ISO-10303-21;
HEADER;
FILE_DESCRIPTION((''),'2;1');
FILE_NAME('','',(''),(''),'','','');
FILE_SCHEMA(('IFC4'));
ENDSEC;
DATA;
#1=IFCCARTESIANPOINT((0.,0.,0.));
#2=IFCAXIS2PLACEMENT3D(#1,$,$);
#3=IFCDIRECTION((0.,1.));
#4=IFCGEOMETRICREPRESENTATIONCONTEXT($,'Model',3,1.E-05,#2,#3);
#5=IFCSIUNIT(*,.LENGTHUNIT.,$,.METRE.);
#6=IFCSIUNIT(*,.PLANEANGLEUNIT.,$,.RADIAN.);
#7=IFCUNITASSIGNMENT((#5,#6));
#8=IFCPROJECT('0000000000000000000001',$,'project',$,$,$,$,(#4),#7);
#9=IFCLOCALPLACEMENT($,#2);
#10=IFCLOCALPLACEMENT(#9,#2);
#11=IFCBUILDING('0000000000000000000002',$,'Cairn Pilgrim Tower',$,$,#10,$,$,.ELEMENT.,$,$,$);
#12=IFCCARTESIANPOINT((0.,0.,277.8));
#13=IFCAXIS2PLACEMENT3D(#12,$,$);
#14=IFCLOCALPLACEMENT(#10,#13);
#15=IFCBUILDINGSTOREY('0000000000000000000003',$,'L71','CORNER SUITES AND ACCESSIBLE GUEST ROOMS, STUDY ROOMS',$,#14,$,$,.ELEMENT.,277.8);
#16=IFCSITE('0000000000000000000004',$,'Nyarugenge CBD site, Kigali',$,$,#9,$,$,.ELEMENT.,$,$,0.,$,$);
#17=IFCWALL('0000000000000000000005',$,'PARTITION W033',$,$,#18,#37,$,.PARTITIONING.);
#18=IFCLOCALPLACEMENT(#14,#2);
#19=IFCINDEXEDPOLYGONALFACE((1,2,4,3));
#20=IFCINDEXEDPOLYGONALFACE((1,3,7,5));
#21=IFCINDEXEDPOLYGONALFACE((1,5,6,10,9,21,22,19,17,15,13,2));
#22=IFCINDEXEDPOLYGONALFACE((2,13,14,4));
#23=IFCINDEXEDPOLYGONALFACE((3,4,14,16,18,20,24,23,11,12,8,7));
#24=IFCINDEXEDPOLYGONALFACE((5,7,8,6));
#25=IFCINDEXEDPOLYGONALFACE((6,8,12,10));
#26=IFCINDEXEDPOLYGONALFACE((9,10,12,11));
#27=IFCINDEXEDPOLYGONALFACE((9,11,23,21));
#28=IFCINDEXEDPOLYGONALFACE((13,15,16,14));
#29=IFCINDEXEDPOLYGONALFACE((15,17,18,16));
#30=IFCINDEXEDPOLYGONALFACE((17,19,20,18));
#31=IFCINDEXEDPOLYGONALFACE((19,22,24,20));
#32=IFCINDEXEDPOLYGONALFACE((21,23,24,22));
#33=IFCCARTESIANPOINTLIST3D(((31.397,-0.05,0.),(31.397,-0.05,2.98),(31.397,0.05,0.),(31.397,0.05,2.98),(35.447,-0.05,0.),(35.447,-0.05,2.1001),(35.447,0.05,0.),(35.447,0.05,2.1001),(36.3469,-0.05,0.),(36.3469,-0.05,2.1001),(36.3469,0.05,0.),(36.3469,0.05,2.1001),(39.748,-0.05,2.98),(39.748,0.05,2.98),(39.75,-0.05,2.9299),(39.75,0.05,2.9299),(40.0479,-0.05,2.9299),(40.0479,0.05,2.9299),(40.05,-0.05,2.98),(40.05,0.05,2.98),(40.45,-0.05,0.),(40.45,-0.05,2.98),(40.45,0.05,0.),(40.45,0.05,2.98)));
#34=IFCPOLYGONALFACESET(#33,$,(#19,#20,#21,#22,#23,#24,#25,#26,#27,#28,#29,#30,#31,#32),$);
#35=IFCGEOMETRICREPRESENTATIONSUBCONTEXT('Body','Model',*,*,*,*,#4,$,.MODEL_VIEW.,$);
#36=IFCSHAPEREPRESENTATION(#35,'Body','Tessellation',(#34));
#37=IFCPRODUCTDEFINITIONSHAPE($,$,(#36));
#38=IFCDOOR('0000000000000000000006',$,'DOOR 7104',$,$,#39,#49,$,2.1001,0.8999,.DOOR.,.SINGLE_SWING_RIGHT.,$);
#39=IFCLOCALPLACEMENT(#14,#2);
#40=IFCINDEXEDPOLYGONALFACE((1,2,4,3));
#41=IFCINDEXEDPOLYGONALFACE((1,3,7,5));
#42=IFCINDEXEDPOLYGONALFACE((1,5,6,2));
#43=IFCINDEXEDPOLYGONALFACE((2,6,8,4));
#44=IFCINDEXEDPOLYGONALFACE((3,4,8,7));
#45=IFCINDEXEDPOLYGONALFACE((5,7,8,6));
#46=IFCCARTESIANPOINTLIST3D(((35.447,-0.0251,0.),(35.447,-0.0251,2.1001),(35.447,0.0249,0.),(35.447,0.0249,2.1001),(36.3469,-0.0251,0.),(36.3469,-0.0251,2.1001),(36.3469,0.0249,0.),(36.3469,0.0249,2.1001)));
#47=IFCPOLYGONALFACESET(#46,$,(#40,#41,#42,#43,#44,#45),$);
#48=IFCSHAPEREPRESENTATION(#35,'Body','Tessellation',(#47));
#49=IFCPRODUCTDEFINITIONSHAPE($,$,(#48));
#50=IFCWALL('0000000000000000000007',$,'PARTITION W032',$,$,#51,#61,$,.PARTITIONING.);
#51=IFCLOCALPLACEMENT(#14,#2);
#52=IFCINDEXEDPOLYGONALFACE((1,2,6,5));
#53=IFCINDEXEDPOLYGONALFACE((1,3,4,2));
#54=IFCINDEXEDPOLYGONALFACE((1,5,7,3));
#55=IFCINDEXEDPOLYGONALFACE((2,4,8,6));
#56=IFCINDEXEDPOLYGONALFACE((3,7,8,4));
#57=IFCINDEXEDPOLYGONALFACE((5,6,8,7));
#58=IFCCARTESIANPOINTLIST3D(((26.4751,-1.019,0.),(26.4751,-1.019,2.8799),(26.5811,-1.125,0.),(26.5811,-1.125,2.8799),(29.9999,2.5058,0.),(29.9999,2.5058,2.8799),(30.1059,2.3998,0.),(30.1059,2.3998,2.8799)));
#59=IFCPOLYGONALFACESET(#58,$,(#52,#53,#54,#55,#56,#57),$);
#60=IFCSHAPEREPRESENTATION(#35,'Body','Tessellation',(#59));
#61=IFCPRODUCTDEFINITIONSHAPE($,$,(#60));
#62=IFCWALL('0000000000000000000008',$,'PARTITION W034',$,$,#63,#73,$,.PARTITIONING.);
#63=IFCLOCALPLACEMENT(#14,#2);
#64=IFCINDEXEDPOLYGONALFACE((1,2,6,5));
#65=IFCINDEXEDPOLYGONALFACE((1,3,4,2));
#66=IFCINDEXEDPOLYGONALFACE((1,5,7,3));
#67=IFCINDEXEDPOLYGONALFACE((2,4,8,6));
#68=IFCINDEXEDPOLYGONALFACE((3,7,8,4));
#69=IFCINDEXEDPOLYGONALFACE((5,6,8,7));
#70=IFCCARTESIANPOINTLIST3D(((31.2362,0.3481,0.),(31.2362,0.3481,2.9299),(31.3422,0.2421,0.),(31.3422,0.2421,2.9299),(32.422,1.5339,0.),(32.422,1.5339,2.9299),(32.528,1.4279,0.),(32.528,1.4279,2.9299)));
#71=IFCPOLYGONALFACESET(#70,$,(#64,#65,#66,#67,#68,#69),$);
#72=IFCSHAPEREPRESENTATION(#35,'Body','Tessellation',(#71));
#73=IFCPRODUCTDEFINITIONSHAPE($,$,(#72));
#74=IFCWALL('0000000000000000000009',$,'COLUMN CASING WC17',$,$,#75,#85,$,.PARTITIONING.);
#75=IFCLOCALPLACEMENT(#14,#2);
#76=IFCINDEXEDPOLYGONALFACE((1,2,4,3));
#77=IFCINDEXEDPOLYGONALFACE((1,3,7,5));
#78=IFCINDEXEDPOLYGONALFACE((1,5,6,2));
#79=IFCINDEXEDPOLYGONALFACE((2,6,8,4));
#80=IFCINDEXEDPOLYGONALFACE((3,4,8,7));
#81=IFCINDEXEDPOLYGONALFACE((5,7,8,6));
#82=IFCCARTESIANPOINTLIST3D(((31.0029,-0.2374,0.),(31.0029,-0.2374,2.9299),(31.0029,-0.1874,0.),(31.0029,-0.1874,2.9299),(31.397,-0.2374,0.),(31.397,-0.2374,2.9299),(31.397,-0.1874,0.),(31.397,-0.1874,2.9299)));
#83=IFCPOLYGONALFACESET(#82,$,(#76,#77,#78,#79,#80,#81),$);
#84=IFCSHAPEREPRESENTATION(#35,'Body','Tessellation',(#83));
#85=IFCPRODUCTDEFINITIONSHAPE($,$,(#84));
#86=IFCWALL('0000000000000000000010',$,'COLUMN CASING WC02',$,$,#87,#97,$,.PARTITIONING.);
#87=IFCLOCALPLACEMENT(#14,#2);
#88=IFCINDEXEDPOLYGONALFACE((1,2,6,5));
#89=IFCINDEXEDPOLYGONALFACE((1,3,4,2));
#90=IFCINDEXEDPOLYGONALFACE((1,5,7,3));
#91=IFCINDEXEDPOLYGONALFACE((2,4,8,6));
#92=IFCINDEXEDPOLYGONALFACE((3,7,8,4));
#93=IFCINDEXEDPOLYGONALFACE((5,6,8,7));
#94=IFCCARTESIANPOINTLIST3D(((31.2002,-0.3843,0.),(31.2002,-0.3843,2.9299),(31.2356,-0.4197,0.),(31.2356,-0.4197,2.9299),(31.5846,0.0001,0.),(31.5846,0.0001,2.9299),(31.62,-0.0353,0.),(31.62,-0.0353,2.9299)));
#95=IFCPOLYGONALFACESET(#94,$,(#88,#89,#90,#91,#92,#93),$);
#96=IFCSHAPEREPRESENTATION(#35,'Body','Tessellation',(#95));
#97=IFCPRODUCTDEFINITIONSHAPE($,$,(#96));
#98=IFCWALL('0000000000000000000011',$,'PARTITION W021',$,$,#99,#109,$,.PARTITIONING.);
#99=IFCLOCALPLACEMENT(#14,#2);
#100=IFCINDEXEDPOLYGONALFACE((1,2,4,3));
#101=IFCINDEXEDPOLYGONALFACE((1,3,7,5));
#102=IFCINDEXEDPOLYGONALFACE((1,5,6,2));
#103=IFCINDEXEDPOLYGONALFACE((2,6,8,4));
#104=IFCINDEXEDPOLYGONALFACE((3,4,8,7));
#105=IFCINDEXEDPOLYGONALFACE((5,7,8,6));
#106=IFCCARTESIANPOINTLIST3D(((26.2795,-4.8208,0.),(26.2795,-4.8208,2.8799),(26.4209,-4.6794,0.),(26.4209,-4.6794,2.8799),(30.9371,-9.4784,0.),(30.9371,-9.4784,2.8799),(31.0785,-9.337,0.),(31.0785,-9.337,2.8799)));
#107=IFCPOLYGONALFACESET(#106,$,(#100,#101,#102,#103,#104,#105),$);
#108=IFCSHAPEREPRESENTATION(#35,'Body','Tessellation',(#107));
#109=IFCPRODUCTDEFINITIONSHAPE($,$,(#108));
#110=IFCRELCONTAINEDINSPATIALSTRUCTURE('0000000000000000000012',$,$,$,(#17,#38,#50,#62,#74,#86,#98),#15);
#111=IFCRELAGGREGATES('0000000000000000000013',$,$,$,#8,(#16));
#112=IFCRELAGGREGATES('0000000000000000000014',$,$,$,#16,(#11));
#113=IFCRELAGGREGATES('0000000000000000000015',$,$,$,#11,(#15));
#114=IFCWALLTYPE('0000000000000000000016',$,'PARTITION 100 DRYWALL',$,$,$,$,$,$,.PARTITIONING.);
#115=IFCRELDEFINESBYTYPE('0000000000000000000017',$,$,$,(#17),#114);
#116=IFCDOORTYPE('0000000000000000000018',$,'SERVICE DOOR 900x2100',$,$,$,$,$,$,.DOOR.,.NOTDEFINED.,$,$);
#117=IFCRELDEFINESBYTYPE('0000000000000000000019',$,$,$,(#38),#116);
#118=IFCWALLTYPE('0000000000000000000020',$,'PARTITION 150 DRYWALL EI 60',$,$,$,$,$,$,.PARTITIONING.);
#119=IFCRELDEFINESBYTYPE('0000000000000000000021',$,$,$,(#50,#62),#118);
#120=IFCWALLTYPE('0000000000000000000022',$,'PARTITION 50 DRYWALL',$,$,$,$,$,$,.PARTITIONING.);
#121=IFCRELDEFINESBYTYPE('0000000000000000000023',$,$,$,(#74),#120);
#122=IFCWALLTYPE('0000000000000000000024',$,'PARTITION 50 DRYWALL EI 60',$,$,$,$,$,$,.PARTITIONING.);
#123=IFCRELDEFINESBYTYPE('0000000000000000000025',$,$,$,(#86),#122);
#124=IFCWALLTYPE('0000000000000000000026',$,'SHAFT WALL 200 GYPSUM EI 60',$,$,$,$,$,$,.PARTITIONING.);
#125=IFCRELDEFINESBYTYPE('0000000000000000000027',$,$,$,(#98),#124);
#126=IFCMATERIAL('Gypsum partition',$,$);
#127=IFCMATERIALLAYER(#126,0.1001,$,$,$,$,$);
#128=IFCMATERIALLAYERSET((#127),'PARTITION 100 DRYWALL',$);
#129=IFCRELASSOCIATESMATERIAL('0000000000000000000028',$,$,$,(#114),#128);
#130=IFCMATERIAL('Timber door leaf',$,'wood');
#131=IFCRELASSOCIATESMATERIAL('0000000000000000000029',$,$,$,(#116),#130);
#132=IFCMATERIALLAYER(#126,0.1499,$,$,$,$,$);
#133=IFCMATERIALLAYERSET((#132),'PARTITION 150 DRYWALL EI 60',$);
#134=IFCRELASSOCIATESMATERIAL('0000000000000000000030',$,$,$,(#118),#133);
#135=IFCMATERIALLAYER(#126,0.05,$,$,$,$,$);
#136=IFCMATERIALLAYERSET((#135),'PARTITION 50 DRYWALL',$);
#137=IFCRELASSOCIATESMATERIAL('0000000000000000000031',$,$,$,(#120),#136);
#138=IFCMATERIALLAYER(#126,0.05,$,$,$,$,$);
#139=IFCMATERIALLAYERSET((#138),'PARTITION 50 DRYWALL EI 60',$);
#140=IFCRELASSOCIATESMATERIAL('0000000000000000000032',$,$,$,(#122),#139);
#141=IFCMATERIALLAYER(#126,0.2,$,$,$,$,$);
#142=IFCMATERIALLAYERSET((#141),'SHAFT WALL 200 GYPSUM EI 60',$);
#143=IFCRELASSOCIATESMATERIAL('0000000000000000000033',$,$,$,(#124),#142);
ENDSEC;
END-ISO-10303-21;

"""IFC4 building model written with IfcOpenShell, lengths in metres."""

from ifc_helpers import new_model, si_unit, direction, frame, frame_2d, origin, place, context, subcontext, project, spatial, polyline, rectangle, outline, extrude, material, layer, layer_set, type_object, element, fill, save


model = new_model("IFC4")

# Units and contexts
model_context = context("Model", 3, precision=1e-05, world=origin(), true_north=direction((0.0, 1.0)))
body_context = subcontext(model_context, "Body", "Model", "MODEL_VIEW")
ifc_project = project(units=[si_unit("LENGTHUNIT", "METRE"), si_unit("PLANEANGLEUNIT", "RADIAN")], contexts=[model_context])

# Site, building, storey
site_placement = place(None, origin())
site = spatial("IfcSite", under=ifc_project, at=site_placement, Name="Nyarugenge CBD site, Kigali", CompositionType="ELEMENT", RefElevation=0.0)
building_placement = place(site_placement, origin())
building = spatial("IfcBuilding", under=site, at=building_placement, Name="Cairn Pilgrim Tower", CompositionType="ELEMENT")
storey_placement = place(building_placement, frame((0.0, 0.0, 277.8)))
storey = spatial("IfcBuildingStorey", under=building, at=storey_placement, Name="L71", Description="CORNER SUITES AND ACCESSIBLE GUEST ROOMS, STUDY ROOMS", CompositionType="ELEMENT", Elevation=277.8)

# Shared definitions
ifc_material_1 = material(Name="Gypsum partition")
ifc_layer_1 = layer(ifc_material_1, 0.1001)
ifc_layer_set_1 = layer_set([ifc_layer_1], Name="PARTITION 100 DRYWALL")
wall_type_1 = type_object("IfcWallType", Name="PARTITION 100 DRYWALL", PredefinedType="PARTITIONING", material=ifc_layer_set_1)

# Wall, opening, door
ifc_material_2 = material(Name="Timber door leaf", Category="wood")
wall_1_placement = place(storey_placement, frame((31.397, 0.0, 0.0), z_axis=(0.0, 0.0, 1.0), x_axis=(1.0, 0.0, 0.0)))
wall_1 = element("IfcWall", 1, at=wall_1_placement, inside=storey, type_object=wall_type_1, Name="PARTITION W033", PredefinedType="PARTITIONING", context=body_context, shape_type="SweptSolid", body=[
    extrude(outline(polyline([(0.0, 0.0), (9.053, 0.0), (9.053, 2.98), (8.6531, 2.98), (8.6509, 2.9299), (8.353, 2.9299), (8.3511, 2.98), (0.0, 2.98), (0.0, 0.0)])), frame((0.0, 0.05, 0.0), z_axis=(0.0, -1.0, 0.0), x_axis=(1.0, 0.0, 0.0)), (0.0, 0.0, 1.0), 0.1001),
])
opening_1_placement = place(wall_1_placement, frame((4.05, 0.0, 0.0)))
opening_1 = element("IfcOpeningElement", 2, at=opening_1_placement, cuts=wall_1, PredefinedType="OPENING", context=body_context, shape_type="SweptSolid", body=[
    extrude(rectangle(XDim=0.8999, YDim=2.1001, at=frame_2d((0.45, 1.05))), frame((0.0, 0.0601, 0.0), z_axis=(0.0, -1.0, 0.0), x_axis=(1.0, 0.0, 0.0)), (0.0, 0.0, 1.0), 0.1201),
])
door_type_1 = type_object("IfcDoorType", Name="SERVICE DOOR 900x2100", OperationType="NOTDEFINED", PredefinedType="DOOR", material=ifc_material_2)
door_1_placement = place(opening_1_placement, origin())
door_1 = element("IfcDoor", 3, at=door_1_placement, inside=storey, type_object=door_type_1, Name="DOOR 7104", OperationType="SINGLE_SWING_RIGHT", OverallHeight=2.1001, OverallWidth=0.8999, PredefinedType="DOOR", context=body_context, shape_type="SweptSolid", body=[
    extrude(rectangle(XDim=0.8999, YDim=2.1001, at=frame_2d((0.45, 1.05))), frame((0.0, 0.0249, 0.0), z_axis=(0.0, -1.0, 0.0), x_axis=(1.0, 0.0, 0.0)), (0.0, 0.0, 1.0), 0.05),
])
fill(opening_1, door_1)

# Walls
ifc_layer_2 = layer(ifc_material_1, 0.1499)
ifc_layer_set_2 = layer_set([ifc_layer_2], Name="PARTITION 150 DRYWALL EI 60")
wall_type_2 = type_object("IfcWallType", Name="PARTITION 150 DRYWALL EI 60", PredefinedType="PARTITIONING", material=ifc_layer_set_2)
wall_2_placement = place(storey_placement, frame((26.5281, -1.072, 0.0), z_axis=(0.0, 0.0, 1.0), x_axis=(0.707107, 0.707107, 0.0)))
element("IfcWall", 4, at=wall_2_placement, inside=storey, type_object=wall_type_2, Name="PARTITION W032", PredefinedType="PARTITIONING", context=body_context, shape_type="SweptSolid", body=[
    extrude(rectangle(XDim=4.9849, YDim=0.1499, at=frame_2d((2.4924, 0.0))), origin(), (0.0, 0.0, 1.0), 2.8799),
])
wall_3_placement = place(storey_placement, frame((31.2893, 0.2952, 0.0), z_axis=(0.0, 0.0, 1.0), x_axis=(0.707107, 0.707107, 0.0)))
element("IfcWall", 5, at=wall_3_placement, inside=storey, type_object=wall_type_2, Name="PARTITION W034", PredefinedType="PARTITIONING", context=body_context, shape_type="SweptSolid", body=[
    extrude(rectangle(XDim=1.677, YDim=0.1499, at=frame_2d((0.8384, 0.0))), origin(), (0.0, 0.0, 1.0), 2.9299),
])
ifc_layer_3 = layer(ifc_material_1, 0.05)
ifc_layer_set_3 = layer_set([ifc_layer_3], Name="PARTITION 50 DRYWALL")
wall_type_3 = type_object("IfcWallType", Name="PARTITION 50 DRYWALL", PredefinedType="PARTITIONING", material=ifc_layer_set_3)
wall_4_placement = place(storey_placement, frame((31.0029, -0.2124, 0.0), z_axis=(0.0, 0.0, 1.0), x_axis=(1.0, 0.0, 0.0)))
element("IfcWall", 6, at=wall_4_placement, inside=storey, type_object=wall_type_3, Name="COLUMN CASING WC17", PredefinedType="PARTITIONING", context=body_context, shape_type="SweptSolid", body=[
    extrude(rectangle(XDim=0.394, YDim=0.05, at=frame_2d((0.197, 0.0))), origin(), (0.0, 0.0, 1.0), 2.9299),
])
ifc_layer_4 = layer(ifc_material_1, 0.05)
ifc_layer_set_4 = layer_set([ifc_layer_4], Name="PARTITION 50 DRYWALL EI 60")
wall_type_4 = type_object("IfcWallType", Name="PARTITION 50 DRYWALL EI 60", PredefinedType="PARTITIONING", material=ifc_layer_set_4)
wall_5_placement = place(storey_placement, frame((31.2178, -0.4021, 0.0), z_axis=(0.0, 0.0, 1.0), x_axis=(0.707107, 0.707107, 0.0)))
element("IfcWall", 7, at=wall_5_placement, inside=storey, type_object=wall_type_4, Name="COLUMN CASING WC02", PredefinedType="PARTITIONING", context=body_context, shape_type="SweptSolid", body=[
    extrude(rectangle(XDim=0.5437, YDim=0.05, at=frame_2d((0.272, 0.0))), origin(), (0.0, 0.0, 1.0), 2.9299),
])
ifc_layer_5 = layer(ifc_material_1, 0.2)
ifc_layer_set_5 = layer_set([ifc_layer_5], Name="SHAFT WALL 200 GYPSUM EI 60")
wall_type_5 = type_object("IfcWallType", Name="SHAFT WALL 200 GYPSUM EI 60", PredefinedType="PARTITIONING", material=ifc_layer_set_5)
wall_6_placement = place(storey_placement, frame((31.0078, -9.4077, 0.0), z_axis=(0.0, 0.0, 1.0), x_axis=(-0.707107, 0.707107, 0.0)))
element("IfcWall", 8, at=wall_6_placement, inside=storey, type_object=wall_type_5, Name="PARTITION W021", PredefinedType="PARTITIONING", context=body_context, shape_type="SweptSolid", body=[
    extrude(rectangle(XDim=6.5869, YDim=0.2, at=frame_2d((3.2935, 0.0))), origin(), (0.0, 0.0, 1.0), 2.8799),
])

save(model, "model.ifc")
